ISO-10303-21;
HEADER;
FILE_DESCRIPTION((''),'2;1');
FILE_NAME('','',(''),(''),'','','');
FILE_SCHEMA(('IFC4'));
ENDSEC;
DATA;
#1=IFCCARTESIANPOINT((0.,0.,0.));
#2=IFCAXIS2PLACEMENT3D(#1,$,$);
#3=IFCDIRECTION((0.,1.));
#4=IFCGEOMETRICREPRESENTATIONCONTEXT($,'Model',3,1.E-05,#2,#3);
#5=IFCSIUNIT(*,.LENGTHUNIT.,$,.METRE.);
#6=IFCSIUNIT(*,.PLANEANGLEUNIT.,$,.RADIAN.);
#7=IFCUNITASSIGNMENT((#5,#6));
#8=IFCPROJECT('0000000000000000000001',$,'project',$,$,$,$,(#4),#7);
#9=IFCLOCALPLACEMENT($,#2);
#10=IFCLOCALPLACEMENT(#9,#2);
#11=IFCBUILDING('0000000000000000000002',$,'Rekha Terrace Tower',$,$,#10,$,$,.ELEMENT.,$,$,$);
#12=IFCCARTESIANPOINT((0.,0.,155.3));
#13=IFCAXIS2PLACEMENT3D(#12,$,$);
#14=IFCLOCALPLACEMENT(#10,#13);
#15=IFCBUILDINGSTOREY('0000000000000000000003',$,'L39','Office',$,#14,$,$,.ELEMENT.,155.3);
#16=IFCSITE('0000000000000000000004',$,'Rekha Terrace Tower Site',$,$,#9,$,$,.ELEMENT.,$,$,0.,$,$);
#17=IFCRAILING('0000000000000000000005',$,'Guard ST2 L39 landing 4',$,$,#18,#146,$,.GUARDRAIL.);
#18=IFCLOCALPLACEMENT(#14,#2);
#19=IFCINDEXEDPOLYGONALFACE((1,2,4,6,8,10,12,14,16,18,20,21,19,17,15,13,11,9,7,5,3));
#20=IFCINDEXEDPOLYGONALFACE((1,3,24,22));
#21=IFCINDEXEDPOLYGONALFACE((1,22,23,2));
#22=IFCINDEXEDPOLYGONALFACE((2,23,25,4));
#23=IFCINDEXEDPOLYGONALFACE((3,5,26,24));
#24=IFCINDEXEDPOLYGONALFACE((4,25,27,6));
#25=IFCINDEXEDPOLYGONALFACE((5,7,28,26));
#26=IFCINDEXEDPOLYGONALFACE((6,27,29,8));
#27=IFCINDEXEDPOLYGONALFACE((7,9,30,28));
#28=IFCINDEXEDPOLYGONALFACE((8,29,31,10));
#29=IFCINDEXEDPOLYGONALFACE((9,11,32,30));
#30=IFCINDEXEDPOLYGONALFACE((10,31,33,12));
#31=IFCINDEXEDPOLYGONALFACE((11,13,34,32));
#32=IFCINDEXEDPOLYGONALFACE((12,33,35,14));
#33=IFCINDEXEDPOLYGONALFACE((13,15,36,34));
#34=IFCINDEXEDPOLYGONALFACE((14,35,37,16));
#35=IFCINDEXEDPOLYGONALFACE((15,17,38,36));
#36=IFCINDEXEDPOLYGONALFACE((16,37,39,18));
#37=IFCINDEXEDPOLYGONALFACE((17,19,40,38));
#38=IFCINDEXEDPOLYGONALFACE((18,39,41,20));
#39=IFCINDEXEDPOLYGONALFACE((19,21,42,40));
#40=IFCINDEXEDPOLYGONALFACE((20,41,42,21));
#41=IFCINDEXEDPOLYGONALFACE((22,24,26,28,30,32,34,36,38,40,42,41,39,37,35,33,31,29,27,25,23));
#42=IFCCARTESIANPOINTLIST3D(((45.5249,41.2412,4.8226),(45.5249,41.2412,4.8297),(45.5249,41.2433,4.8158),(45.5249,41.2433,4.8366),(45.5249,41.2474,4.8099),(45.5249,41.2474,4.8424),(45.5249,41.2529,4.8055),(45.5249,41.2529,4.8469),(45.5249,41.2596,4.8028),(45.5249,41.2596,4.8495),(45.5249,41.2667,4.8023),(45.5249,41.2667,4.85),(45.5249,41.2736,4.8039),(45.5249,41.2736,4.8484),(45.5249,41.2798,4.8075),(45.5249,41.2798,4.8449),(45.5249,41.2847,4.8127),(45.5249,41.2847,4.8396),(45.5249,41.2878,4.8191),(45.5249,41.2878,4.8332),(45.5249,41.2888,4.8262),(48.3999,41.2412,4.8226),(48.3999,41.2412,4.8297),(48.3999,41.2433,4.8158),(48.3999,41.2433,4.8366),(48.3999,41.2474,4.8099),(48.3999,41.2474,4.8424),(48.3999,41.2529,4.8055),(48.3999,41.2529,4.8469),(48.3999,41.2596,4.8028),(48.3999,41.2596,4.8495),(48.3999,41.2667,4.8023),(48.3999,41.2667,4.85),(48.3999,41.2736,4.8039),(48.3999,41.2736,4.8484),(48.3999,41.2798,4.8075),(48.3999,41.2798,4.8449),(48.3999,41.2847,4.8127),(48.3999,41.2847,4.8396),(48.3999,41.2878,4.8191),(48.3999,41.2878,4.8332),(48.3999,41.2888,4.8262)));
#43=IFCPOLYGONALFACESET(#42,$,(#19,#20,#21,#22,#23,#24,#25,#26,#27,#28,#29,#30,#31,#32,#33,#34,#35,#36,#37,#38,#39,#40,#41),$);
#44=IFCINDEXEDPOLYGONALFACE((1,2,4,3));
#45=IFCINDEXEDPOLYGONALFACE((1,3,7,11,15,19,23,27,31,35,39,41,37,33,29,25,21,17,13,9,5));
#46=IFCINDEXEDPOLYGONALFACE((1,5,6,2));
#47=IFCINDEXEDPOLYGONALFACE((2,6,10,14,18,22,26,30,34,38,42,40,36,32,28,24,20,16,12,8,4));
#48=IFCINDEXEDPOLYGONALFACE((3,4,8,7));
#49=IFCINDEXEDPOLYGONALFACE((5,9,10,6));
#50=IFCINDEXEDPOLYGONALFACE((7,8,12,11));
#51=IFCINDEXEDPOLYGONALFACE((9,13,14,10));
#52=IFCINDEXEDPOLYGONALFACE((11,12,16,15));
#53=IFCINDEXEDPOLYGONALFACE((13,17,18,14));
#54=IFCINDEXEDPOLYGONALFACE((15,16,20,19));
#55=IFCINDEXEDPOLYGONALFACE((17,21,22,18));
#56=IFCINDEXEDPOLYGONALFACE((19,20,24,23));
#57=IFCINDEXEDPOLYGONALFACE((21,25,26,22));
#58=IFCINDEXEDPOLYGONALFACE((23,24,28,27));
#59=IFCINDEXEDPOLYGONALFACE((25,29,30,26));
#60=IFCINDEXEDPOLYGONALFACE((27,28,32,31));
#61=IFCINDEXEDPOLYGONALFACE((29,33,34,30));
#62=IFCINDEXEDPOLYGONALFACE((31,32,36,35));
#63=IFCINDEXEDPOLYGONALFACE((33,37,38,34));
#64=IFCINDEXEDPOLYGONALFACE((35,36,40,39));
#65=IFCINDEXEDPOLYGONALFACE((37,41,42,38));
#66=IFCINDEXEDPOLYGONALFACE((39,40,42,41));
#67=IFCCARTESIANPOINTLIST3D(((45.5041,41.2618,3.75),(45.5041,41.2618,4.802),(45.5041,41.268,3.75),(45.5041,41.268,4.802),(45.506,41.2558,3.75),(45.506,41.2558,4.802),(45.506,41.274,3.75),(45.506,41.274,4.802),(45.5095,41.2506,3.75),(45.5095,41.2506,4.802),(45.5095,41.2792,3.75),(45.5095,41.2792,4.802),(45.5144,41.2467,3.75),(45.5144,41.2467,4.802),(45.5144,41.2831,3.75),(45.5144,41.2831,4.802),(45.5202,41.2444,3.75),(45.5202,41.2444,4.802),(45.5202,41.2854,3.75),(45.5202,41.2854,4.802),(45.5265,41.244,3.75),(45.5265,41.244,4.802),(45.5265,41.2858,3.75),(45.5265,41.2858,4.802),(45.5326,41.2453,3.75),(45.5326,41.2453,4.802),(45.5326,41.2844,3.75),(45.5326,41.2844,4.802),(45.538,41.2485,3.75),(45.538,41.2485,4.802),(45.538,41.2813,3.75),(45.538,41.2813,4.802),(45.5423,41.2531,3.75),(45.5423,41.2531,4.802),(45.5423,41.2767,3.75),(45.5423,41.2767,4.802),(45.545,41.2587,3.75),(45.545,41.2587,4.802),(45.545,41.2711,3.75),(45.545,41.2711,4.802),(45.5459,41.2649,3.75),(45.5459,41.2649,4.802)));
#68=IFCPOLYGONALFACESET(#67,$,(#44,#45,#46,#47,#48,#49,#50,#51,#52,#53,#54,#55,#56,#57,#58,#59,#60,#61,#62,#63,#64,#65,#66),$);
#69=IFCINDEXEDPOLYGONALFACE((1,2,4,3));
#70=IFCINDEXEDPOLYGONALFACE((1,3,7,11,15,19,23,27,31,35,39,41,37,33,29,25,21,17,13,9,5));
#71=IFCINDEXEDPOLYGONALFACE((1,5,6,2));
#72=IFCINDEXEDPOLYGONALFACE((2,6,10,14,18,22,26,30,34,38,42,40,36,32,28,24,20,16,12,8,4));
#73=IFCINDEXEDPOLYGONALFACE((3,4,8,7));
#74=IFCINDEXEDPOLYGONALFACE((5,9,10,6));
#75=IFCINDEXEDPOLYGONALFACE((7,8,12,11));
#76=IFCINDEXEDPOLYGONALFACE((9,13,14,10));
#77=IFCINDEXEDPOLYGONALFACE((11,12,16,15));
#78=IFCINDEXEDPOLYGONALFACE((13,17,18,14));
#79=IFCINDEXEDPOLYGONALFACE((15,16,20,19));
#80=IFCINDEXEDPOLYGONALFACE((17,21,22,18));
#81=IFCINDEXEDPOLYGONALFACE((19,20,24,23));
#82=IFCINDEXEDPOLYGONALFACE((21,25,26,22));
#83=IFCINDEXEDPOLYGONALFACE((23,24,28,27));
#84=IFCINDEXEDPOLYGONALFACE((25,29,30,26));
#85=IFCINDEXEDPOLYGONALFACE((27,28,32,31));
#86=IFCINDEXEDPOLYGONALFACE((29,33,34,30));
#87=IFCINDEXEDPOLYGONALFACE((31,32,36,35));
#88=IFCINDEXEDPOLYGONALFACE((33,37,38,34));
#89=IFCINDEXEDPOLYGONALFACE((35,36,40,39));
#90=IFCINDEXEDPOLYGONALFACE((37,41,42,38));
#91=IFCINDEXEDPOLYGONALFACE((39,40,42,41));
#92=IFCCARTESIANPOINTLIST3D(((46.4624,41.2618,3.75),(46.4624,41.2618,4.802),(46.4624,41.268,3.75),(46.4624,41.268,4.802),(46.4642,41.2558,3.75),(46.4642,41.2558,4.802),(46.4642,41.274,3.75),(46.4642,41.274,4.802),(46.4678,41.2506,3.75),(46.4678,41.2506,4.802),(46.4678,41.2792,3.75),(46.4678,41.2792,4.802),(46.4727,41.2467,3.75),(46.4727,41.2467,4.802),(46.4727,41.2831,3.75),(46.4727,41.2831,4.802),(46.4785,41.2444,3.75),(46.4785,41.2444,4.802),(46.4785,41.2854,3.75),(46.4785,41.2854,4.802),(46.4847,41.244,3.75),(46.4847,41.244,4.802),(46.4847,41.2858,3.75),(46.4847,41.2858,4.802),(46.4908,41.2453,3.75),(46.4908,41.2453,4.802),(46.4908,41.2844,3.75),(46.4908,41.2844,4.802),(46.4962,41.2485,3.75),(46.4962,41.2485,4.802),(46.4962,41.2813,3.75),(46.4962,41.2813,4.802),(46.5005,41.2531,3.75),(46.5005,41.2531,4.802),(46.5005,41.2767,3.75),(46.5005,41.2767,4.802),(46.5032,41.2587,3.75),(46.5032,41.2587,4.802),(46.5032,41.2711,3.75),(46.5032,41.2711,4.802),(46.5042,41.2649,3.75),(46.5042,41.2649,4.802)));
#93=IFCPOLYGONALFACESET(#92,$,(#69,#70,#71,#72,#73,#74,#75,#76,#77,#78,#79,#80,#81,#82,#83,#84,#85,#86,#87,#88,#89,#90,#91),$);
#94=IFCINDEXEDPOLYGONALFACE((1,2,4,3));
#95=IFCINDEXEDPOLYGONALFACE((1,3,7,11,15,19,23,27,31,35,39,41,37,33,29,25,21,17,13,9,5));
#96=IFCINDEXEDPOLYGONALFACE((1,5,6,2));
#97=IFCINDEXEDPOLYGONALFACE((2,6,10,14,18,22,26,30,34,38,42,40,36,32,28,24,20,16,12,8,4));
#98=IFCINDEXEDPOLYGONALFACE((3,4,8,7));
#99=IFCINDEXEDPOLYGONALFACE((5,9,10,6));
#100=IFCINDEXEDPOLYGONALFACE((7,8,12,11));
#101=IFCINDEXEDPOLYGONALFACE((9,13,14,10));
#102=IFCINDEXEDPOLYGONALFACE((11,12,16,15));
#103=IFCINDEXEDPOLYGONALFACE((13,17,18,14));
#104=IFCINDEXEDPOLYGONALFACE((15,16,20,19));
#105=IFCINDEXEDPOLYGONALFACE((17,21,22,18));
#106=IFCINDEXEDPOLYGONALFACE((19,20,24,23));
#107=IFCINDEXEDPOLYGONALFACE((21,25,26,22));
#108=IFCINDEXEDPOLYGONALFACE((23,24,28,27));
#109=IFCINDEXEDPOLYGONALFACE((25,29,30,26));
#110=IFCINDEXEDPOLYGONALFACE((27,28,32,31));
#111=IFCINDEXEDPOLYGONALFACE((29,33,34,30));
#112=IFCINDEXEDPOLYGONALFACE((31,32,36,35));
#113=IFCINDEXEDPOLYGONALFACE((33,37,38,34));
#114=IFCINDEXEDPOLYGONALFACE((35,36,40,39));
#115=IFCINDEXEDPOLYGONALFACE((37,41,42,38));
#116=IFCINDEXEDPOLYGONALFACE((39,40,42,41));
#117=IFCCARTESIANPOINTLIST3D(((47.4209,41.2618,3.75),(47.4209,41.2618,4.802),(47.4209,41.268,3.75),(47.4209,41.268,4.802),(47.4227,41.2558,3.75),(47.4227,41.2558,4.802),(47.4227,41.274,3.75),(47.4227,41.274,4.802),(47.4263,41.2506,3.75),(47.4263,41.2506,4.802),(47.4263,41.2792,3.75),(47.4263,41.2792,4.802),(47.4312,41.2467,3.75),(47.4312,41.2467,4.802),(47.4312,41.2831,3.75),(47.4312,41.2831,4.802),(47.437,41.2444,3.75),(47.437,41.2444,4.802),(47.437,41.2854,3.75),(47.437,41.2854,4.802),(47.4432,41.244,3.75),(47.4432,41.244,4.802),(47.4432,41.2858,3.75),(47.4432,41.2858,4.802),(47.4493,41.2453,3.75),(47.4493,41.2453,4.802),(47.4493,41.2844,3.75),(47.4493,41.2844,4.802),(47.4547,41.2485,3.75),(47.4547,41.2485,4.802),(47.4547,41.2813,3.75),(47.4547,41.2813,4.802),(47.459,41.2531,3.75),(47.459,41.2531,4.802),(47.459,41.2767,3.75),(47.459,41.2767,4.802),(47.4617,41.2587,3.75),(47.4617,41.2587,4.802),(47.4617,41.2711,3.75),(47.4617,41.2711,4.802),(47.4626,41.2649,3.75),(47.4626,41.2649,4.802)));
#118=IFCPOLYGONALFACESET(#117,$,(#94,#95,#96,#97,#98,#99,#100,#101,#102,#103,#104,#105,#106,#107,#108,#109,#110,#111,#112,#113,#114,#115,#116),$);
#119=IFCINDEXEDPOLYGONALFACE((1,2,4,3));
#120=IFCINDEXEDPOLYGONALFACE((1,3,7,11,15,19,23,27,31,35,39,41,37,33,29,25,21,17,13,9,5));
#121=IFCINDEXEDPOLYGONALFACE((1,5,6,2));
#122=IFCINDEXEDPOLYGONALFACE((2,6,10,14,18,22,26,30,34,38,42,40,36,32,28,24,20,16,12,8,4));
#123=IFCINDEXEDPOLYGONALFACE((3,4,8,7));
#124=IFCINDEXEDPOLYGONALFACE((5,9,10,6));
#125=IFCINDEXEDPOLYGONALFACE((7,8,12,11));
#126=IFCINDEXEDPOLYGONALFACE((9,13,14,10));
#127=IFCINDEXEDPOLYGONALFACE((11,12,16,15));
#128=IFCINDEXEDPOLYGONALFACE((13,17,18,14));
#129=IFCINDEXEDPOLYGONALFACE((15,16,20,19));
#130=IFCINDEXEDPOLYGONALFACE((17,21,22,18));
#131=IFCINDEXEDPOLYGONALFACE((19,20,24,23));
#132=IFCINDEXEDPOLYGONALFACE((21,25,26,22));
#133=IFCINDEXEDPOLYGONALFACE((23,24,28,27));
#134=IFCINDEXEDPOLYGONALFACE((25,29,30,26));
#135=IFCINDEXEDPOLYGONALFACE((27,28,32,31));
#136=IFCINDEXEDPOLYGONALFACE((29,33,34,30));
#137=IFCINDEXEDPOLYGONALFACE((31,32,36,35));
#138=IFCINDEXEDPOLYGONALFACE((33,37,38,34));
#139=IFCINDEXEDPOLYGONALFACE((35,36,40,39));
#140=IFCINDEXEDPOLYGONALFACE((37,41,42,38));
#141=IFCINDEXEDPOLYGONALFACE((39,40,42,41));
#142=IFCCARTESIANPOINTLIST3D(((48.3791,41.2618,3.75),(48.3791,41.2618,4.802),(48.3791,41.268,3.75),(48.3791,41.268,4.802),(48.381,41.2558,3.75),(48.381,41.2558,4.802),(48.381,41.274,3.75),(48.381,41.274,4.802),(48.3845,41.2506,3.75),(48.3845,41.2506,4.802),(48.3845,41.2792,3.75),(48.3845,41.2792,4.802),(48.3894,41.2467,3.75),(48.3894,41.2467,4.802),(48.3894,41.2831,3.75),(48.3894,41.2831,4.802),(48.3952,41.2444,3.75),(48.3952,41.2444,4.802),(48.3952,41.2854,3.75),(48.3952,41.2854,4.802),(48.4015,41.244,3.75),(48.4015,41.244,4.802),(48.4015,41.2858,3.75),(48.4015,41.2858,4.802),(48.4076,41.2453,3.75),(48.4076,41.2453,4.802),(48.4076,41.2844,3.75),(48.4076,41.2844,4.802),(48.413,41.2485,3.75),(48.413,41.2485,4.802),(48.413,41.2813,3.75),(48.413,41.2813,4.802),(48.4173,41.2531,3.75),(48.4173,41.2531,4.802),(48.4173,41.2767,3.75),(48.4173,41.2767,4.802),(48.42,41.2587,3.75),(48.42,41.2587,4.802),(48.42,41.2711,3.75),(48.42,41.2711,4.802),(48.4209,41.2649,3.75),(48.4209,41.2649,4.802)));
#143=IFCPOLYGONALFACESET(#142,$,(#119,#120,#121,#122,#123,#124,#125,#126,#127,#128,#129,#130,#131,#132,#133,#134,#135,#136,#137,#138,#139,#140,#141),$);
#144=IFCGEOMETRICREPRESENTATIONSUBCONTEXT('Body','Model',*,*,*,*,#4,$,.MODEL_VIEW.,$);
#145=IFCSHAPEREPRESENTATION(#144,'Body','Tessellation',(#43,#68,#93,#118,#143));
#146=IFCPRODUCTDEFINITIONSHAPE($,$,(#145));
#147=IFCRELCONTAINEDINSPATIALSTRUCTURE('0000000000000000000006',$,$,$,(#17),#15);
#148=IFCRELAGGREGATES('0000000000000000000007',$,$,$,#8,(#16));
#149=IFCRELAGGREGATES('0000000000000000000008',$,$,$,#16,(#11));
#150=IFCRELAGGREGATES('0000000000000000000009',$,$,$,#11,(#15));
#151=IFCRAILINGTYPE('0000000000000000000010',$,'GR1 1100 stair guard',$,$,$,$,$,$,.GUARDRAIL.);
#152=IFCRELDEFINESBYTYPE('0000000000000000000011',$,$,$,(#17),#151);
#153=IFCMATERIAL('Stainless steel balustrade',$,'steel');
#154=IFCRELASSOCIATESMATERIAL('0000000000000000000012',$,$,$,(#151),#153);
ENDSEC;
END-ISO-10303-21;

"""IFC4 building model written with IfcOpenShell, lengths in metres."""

from ifc_helpers import new_model, si_unit, direction, frame, origin, origin_2d, place, context, subcontext, project, spatial, circle, extrude, material, type_object, element, save


model = new_model("IFC4")

# Units and contexts
model_context = context("Model", 3, precision=1e-05, world=origin(), true_north=direction((0.0, 1.0)))
body_context = subcontext(model_context, "Body", "Model", "MODEL_VIEW")
ifc_project = project(units=[si_unit("LENGTHUNIT", "METRE"), si_unit("PLANEANGLEUNIT", "RADIAN")], contexts=[model_context])

# Site, building, storey
site_placement = place(None, origin())
site = spatial("IfcSite", under=ifc_project, at=site_placement, Name="Rekha Terrace Tower Site", CompositionType="ELEMENT", RefElevation=0.0)
building_placement = place(site_placement, origin())
building = spatial("IfcBuilding", under=site, at=building_placement, Name="Rekha Terrace Tower", CompositionType="ELEMENT")
storey_placement = place(building_placement, frame((0.0, 0.0, 155.3)))
storey = spatial("IfcBuildingStorey", under=building, at=storey_placement, Name="L39", Description="Office", CompositionType="ELEMENT", Elevation=155.3)

# Railing
ifc_material_1 = material(Name="Stainless steel balustrade", Category="steel")
railing_type_1 = type_object("IfcRailingType", Name="GR1 1100 stair guard", PredefinedType="GUARDRAIL", material=ifc_material_1)
railing_1_placement = place(storey_placement, frame((45.5249, 41.2649, 3.75)))
element("IfcRailing", 1, at=railing_1_placement, inside=storey, type_object=railing_type_1, Name="Guard ST2 L39 landing 4", PredefinedType="GUARDRAIL", context=body_context, shape_type="SweptSolid", body=[
    extrude(circle(Radius=0.0239, at=origin_2d()), frame((0.0, 0.0, 1.0762), z_axis=(1.0, 0.0, 0.0), x_axis=(0.0, 1.0, 0.0)), (0.0, 0.0, 1.0), 2.875),
    extrude(circle(Radius=0.021, at=origin_2d()), origin(), (0.0, 0.0, 1.0), 1.052),
    extrude(circle(Radius=0.021, at=origin_2d()), frame((0.9583, 0.0, 0.0)), (0.0, 0.0, 1.0), 1.052),
    extrude(circle(Radius=0.021, at=origin_2d()), frame((1.9167, 0.0, 0.0)), (0.0, 0.0, 1.0), 1.052),
    extrude(circle(Radius=0.021, at=origin_2d()), frame((2.875, 0.0, 0.0)), (0.0, 0.0, 1.0), 1.052),
])

save(model, "model.ifc")
